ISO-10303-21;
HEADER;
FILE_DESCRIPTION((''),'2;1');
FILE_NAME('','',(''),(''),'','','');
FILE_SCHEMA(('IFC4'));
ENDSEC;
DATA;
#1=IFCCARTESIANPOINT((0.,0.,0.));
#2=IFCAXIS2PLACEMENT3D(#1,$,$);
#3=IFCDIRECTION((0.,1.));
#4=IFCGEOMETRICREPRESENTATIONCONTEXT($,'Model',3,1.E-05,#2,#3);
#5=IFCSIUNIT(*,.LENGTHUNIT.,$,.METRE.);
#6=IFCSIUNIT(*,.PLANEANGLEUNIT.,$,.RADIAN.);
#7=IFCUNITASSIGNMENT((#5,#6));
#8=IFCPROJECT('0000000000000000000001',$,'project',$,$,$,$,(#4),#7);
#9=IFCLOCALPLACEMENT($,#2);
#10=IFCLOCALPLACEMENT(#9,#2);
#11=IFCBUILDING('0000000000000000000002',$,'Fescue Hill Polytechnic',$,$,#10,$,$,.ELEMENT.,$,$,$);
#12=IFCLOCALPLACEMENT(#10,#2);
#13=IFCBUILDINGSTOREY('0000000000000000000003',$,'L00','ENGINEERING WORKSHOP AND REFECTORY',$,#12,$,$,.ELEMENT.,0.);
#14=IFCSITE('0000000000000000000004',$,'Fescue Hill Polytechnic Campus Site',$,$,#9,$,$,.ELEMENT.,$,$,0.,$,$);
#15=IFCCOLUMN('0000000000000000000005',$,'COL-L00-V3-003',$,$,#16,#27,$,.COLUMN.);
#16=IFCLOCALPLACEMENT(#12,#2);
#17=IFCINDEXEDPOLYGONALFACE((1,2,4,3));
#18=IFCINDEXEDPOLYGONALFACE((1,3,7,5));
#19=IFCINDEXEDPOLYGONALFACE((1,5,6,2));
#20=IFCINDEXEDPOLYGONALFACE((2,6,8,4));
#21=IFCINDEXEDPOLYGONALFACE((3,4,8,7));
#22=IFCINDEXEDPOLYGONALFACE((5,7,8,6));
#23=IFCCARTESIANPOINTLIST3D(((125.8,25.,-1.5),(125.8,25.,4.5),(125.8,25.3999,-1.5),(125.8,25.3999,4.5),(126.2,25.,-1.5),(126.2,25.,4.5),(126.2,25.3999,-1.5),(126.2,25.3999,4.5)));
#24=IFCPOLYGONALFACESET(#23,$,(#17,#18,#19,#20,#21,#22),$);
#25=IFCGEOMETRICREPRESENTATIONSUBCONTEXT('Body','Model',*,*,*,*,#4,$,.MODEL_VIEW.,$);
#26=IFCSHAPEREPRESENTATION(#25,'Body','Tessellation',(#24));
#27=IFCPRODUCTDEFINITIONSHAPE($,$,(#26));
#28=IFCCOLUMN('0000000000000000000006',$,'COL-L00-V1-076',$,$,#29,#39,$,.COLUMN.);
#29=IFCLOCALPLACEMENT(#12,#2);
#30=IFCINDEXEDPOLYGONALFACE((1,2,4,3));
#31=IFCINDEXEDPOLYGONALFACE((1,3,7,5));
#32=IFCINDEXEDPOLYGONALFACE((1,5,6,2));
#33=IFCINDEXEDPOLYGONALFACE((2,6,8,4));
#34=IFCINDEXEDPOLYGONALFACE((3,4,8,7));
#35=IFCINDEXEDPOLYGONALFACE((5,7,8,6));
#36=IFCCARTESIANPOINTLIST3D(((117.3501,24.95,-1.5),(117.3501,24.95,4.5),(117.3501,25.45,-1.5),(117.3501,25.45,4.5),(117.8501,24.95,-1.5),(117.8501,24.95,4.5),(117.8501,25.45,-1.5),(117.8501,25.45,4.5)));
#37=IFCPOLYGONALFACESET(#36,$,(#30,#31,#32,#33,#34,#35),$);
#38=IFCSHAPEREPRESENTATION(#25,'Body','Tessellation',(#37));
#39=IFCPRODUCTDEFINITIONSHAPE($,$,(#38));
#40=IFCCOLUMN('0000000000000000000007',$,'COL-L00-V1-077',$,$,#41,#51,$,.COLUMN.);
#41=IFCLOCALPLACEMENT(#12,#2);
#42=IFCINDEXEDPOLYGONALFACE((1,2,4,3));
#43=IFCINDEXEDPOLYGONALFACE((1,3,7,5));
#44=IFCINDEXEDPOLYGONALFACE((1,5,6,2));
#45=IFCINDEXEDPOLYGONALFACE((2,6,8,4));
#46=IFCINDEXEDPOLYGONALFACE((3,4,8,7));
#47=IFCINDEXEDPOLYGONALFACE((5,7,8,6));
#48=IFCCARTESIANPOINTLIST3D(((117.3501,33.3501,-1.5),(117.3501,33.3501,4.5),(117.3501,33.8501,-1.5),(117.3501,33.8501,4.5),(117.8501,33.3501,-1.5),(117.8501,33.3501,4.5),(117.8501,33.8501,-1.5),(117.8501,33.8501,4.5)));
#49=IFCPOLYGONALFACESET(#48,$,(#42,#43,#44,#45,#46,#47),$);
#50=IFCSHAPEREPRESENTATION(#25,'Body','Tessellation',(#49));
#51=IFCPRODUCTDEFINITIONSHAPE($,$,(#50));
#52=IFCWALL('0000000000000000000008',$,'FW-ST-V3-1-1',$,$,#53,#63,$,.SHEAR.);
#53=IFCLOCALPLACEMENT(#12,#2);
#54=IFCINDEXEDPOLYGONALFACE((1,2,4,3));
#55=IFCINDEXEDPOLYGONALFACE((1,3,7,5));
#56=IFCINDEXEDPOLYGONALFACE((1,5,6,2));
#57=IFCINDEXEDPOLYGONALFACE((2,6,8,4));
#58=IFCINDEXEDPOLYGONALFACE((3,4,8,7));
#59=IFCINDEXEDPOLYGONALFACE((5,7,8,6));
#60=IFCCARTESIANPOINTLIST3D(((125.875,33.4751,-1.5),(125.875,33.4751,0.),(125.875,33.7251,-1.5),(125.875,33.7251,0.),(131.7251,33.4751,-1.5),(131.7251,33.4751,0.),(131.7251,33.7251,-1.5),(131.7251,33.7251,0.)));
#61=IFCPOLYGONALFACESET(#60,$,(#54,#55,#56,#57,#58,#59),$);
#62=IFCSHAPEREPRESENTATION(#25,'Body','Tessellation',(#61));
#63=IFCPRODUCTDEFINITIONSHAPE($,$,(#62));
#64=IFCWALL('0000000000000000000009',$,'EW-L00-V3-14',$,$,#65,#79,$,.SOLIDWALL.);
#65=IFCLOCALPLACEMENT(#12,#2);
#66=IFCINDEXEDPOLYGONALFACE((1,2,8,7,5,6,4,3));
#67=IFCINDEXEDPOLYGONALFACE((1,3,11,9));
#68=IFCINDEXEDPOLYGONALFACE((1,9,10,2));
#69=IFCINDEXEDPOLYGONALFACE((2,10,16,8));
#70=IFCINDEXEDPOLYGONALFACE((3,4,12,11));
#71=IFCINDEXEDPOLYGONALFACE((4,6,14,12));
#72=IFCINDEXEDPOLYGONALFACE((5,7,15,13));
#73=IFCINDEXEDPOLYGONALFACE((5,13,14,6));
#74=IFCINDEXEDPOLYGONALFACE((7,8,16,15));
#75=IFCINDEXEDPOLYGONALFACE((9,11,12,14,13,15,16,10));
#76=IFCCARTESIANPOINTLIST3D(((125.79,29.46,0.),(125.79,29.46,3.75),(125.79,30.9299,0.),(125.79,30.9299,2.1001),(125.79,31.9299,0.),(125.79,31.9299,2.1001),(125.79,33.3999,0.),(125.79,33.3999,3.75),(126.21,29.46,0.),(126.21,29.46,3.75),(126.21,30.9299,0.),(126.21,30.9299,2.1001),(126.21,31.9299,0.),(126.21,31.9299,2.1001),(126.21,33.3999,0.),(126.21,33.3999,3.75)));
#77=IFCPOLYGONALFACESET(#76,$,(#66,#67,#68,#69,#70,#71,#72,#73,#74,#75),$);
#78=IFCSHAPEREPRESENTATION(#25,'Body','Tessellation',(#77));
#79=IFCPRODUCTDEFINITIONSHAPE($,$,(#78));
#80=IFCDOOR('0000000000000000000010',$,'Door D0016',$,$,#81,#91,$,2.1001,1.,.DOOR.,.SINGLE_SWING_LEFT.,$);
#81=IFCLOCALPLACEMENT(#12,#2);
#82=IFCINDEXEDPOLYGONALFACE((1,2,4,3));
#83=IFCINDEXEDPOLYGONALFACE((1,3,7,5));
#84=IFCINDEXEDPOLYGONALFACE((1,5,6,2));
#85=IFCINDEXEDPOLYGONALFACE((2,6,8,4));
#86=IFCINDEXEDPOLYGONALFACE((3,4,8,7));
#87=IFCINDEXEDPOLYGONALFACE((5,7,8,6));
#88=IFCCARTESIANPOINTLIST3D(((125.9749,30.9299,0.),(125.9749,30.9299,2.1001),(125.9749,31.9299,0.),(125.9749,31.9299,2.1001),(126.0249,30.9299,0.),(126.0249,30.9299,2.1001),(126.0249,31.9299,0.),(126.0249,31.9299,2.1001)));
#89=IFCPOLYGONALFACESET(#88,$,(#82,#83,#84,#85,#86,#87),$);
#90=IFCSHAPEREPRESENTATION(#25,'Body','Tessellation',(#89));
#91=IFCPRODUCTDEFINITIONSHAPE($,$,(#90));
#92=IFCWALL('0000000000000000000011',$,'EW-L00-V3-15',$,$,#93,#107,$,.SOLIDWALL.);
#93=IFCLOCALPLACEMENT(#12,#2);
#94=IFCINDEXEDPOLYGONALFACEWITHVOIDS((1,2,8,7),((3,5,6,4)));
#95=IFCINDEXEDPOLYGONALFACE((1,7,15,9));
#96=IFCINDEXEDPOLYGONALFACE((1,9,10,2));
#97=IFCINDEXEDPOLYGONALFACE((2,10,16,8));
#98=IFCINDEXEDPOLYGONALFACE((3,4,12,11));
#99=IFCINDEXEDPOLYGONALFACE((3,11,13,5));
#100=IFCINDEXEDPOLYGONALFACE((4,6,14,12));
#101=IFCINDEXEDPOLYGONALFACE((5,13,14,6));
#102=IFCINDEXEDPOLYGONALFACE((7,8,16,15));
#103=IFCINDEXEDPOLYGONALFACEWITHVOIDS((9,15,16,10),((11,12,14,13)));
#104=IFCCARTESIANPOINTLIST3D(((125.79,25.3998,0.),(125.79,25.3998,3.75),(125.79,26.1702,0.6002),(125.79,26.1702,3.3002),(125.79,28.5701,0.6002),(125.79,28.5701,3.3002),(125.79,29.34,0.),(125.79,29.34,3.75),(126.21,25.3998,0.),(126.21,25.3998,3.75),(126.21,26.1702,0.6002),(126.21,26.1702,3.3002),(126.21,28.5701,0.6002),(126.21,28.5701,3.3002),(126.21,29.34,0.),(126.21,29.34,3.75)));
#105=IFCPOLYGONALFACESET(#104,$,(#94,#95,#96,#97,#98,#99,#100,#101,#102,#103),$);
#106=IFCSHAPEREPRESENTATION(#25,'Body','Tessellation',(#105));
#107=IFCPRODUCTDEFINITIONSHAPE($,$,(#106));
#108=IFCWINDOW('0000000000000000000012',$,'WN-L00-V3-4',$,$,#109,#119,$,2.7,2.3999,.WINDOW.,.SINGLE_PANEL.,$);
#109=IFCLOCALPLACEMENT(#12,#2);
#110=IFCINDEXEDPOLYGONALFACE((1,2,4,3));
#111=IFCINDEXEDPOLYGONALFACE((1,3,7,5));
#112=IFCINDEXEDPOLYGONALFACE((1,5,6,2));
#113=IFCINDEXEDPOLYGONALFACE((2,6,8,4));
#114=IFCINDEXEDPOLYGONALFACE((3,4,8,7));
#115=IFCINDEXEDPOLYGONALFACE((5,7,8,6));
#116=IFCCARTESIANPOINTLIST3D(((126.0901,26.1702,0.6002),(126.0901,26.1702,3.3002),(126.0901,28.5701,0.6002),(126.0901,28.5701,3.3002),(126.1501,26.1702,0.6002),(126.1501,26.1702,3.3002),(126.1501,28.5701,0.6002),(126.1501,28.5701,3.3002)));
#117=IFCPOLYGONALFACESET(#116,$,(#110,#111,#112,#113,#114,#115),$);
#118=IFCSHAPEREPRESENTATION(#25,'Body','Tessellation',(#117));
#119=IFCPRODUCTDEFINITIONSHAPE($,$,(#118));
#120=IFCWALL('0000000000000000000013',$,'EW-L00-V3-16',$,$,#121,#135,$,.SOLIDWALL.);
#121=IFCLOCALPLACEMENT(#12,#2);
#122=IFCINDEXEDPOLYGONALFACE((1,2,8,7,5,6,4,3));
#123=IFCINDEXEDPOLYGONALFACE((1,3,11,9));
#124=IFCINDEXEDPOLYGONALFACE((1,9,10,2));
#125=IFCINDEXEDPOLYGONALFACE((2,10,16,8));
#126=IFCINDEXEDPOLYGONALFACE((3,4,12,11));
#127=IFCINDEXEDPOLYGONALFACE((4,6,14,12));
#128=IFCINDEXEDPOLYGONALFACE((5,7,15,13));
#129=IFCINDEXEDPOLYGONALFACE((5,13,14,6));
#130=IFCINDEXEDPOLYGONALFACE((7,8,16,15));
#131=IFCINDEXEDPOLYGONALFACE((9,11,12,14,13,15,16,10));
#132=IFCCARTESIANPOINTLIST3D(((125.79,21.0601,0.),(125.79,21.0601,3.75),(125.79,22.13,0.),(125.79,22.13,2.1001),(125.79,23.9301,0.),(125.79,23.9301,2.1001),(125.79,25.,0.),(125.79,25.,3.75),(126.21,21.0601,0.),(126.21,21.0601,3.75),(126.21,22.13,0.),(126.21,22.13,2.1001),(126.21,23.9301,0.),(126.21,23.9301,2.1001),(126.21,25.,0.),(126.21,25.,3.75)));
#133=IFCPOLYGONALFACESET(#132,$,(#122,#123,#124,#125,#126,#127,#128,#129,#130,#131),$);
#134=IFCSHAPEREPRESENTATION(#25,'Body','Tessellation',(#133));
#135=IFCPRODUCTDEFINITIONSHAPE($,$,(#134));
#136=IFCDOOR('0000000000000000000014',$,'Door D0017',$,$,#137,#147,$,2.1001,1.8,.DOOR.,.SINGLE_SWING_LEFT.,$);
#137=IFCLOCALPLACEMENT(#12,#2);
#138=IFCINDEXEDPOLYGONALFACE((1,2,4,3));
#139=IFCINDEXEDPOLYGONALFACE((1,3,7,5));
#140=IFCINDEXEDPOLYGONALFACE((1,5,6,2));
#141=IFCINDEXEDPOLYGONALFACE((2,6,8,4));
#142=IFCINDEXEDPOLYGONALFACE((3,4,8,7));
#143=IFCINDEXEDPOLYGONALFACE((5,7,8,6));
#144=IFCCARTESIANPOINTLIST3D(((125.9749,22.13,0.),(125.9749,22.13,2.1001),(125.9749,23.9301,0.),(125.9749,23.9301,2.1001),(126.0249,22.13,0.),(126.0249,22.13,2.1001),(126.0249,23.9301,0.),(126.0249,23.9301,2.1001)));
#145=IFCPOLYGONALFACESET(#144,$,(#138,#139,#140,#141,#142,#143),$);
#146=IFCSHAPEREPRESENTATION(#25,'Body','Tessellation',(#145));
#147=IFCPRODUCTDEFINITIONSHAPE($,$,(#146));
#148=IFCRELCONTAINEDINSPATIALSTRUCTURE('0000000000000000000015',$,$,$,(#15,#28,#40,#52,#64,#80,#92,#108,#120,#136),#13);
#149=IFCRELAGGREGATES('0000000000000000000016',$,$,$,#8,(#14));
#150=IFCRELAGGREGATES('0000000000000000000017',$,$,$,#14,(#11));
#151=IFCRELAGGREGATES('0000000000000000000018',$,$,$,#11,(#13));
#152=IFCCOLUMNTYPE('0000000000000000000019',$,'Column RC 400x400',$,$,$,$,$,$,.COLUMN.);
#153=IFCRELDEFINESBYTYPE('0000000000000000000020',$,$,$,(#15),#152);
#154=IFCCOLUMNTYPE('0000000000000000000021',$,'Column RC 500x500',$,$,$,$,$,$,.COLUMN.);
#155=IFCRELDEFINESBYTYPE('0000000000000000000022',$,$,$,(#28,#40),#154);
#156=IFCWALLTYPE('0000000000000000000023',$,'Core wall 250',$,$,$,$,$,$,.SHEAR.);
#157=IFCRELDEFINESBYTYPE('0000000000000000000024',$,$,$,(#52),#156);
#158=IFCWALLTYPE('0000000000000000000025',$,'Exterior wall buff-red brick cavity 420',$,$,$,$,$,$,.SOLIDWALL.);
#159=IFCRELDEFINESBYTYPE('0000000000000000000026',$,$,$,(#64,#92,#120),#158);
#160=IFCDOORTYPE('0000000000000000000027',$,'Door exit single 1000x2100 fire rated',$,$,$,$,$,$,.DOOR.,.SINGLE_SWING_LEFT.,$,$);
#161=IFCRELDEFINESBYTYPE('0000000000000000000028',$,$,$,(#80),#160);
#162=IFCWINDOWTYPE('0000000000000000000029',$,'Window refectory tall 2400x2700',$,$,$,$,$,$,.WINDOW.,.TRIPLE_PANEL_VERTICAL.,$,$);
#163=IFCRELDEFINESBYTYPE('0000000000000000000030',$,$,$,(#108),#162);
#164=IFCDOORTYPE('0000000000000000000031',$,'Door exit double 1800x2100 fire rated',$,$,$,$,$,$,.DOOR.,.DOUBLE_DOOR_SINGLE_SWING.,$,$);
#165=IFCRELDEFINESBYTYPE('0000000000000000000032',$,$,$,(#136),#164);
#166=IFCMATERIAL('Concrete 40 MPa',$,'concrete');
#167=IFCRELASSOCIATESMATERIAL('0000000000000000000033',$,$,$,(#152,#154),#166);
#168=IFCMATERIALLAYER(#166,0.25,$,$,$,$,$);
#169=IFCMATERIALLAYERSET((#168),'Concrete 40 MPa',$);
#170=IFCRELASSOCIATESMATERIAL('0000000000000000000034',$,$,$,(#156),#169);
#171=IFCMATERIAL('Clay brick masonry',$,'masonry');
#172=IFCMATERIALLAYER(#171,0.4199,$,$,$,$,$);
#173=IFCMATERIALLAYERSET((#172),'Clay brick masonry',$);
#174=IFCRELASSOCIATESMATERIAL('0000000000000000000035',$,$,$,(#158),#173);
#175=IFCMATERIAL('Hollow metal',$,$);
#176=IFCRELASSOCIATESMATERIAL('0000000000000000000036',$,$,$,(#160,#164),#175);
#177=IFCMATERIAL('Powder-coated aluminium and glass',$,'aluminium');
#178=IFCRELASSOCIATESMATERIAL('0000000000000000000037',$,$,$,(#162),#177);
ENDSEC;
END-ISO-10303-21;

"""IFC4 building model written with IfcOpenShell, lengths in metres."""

from ifc_helpers import new_model, si_unit, direction, frame, frame_2d, origin, origin_2d, place, context, subcontext, project, spatial, rectangle, extrude, material, layer, layer_set, material_profile, profile_set, type_object, element, fill, save


model = new_model("IFC4")

# Units and contexts
model_context = context("Model", 3, precision=1e-05, world=origin(), true_north=direction((0.0, 1.0)))
body_context = subcontext(model_context, "Body", "Model", "MODEL_VIEW")
ifc_project = project(units=[si_unit("LENGTHUNIT", "METRE"), si_unit("PLANEANGLEUNIT", "RADIAN")], contexts=[model_context])

# Site, building, storey
site_placement = place(None, origin())
site = spatial("IfcSite", under=ifc_project, at=site_placement, Name="Fescue Hill Polytechnic Campus Site", CompositionType="ELEMENT", RefElevation=0.0)
building_placement = place(site_placement, origin())
building = spatial("IfcBuilding", under=site, at=building_placement, Name="Fescue Hill Polytechnic", CompositionType="ELEMENT")
storey_placement = place(building_placement, origin())
storey = spatial("IfcBuildingStorey", under=building, at=storey_placement, Name="L00", Description="ENGINEERING WORKSHOP AND REFECTORY", CompositionType="ELEMENT", Elevation=0.0)

# Columns
ifc_material_1 = material(Name="Concrete 40 MPa", Category="concrete")
ifc_material_profile_1 = material_profile(ifc_material_1, rectangle(XDim=0.3999, YDim=0.3999, at=origin_2d()), Name="RC 400x400")
ifc_profile_set_1 = profile_set([ifc_material_profile_1], Name="Concrete 40 MPa")
column_type_1 = type_object("IfcColumnType", Name="Column RC 400x400", PredefinedType="COLUMN", material=ifc_profile_set_1)
column_placement = place(storey_placement, frame((126.0, 25.2, -1.5), z_axis=(0.0, 0.0, 1.0), x_axis=(1.0, 0.0, 0.0)))
element("IfcColumn", 1, at=column_placement, inside=storey, type_object=column_type_1, Name="COL-L00-V3-003", PredefinedType="COLUMN", context=body_context, shape_type="SweptSolid", body=[
    extrude(rectangle(XDim=0.3999, YDim=0.3999, at=origin_2d()), origin(), (0.0, 0.0, 1.0), 6.0),
])
ifc_material_profile_2 = material_profile(ifc_material_1, rectangle(XDim=0.5, YDim=0.5, at=origin_2d()), Name="RC 500x500")
ifc_profile_set_2 = profile_set([ifc_material_profile_2], Name="Concrete 40 MPa")
column_type_2 = type_object("IfcColumnType", Name="Column RC 500x500", PredefinedType="COLUMN", material=ifc_profile_set_2)
for number, where, z_axis, x_axis, name in (
    (2, (117.6001, 25.2, -1.5), (0.0, 0.0, 1.0), (1.0, 0.0, 0.0), "COL-L00-V1-076"),
    (3, (117.6001, 33.6001, -1.5), (0.0, 0.0, 1.0), (1.0, 0.0, 0.0), "COL-L00-V1-077"),
):
    element("IfcColumn", number, at=place(storey_placement, frame(where, z_axis=z_axis, x_axis=x_axis)), inside=storey, type_object=column_type_2, Name=name, PredefinedType="COLUMN", context=body_context, shape_type="SweptSolid", body=[
        extrude(rectangle(XDim=0.5, YDim=0.5, at=origin_2d()), origin(), (0.0, 0.0, 1.0), 6.0),
    ])

# Wall
ifc_layer_1 = layer(ifc_material_1, 0.25)
ifc_layer_set_1 = layer_set([ifc_layer_1], Name="Concrete 40 MPa")
wall_type_1 = type_object("IfcWallType", Name="Core wall 250", PredefinedType="SHEAR", material=ifc_layer_set_1)
wall_1_placement = place(storey_placement, frame((125.875, 33.6001, -1.5), z_axis=(0.0, 0.0, 1.0), x_axis=(1.0, 0.0, 0.0)))
element("IfcWall", 4, at=wall_1_placement, inside=storey, type_object=wall_type_1, Name="FW-ST-V3-1-1", PredefinedType="SHEAR", context=body_context, shape_type="SweptSolid", body=[
    extrude(rectangle(XDim=5.8501, YDim=0.25, at=frame_2d((2.925, 0.0))), origin(), (0.0, 0.0, 1.0), 1.5),
])

# Wall, opening, door
ifc_material_2 = material(Name="Clay brick masonry", Category="masonry")
ifc_layer_2 = layer(ifc_material_2, 0.4199)
ifc_layer_set_2 = layer_set([ifc_layer_2], Name="Clay brick masonry")
wall_type_2 = type_object("IfcWallType", Name="Exterior wall buff-red brick cavity 420", PredefinedType="SOLIDWALL", material=ifc_layer_set_2)
wall_2_placement = place(storey_placement, frame((126.0, 33.3999, 0.0), z_axis=(0.0, 0.0, 1.0), x_axis=(0.0, -1.0, 0.0)))
wall_2 = element("IfcWall", 5, at=wall_2_placement, inside=storey, type_object=wall_type_2, Name="EW-L00-V3-14", PredefinedType="SOLIDWALL", context=body_context, shape_type="SweptSolid", body=[
    extrude(rectangle(XDim=3.9399, YDim=0.4199, at=frame_2d((1.97, 0.0))), origin(), (0.0, 0.0, 1.0), 3.75),
])
opening_1_placement = place(wall_2_placement, frame((1.47, 0.0, 0.0)))
opening_1 = element("IfcOpeningElement", 6, at=opening_1_placement, cuts=wall_2, PredefinedType="OPENING", context=body_context, shape_type="SweptSolid", body=[
    extrude(rectangle(XDim=1.0, YDim=2.1001, at=frame_2d((0.5, 1.05))), frame((0.0, 0.22, 0.0), z_axis=(0.0, -1.0, 0.0), x_axis=(1.0, 0.0, 0.0)), (0.0, 0.0, 1.0), 0.4399),
])
ifc_material_3 = material(Name="Hollow metal")
door_type_1 = type_object("IfcDoorType", Name="Door exit single 1000x2100 fire rated", OperationType="SINGLE_SWING_LEFT", PredefinedType="DOOR", material=ifc_material_3)
door_1_placement = place(opening_1_placement, origin())
door_1 = element("IfcDoor", 7, at=door_1_placement, inside=storey, type_object=door_type_1, Name="Door D0016", OperationType="SINGLE_SWING_LEFT", OverallHeight=2.1001, OverallWidth=1.0, PredefinedType="DOOR", context=body_context, shape_type="SweptSolid", body=[
    extrude(rectangle(XDim=1.0, YDim=2.1001, at=frame_2d((0.5, 1.05))), frame((0.0, 0.0249, 0.0), z_axis=(0.0, -1.0, 0.0), x_axis=(1.0, 0.0, 0.0)), (0.0, 0.0, 1.0), 0.05),
])
fill(opening_1, door_1)

# Wall, opening, window
wall_3_placement = place(storey_placement, frame((126.0, 29.3401, 0.0), z_axis=(0.0, 0.0, 1.0), x_axis=(0.0, -1.0, 0.0)))
wall_3 = element("IfcWall", 8, at=wall_3_placement, inside=storey, type_object=wall_type_2, Name="EW-L00-V3-15", PredefinedType="SOLIDWALL", context=body_context, shape_type="SweptSolid", body=[
    extrude(rectangle(XDim=3.9402, YDim=0.4199, at=frame_2d((1.9702, 0.0))), origin(), (0.0, 0.0, 1.0), 3.75),
])
opening_2_placement = place(wall_3_placement, frame((0.77, 0.0, 0.6001)))
opening_2 = element("IfcOpeningElement", 9, at=opening_2_placement, cuts=wall_3, PredefinedType="OPENING", context=body_context, shape_type="SweptSolid", body=[
    extrude(rectangle(XDim=2.3999, YDim=2.7, at=frame_2d((1.2, 1.3501))), frame((0.0, 0.22, 0.0), z_axis=(0.0, -1.0, 0.0), x_axis=(1.0, 0.0, 0.0)), (0.0, 0.0, 1.0), 0.4399),
])
ifc_material_4 = material(Name="Powder-coated aluminium and glass", Category="aluminium")
window_type_1 = type_object("IfcWindowType", Name="Window refectory tall 2400x2700", PartitioningType="TRIPLE_PANEL_VERTICAL", PredefinedType="WINDOW", material=ifc_material_4)
window_1_placement = place(opening_2_placement, origin())
window_1 = element("IfcWindow", 10, at=window_1_placement, inside=storey, type_object=window_type_1, Name="WN-L00-V3-4", OverallHeight=2.7, OverallWidth=2.3999, PartitioningType="SINGLE_PANEL", PredefinedType="WINDOW", context=body_context, shape_type="SweptSolid", body=[
    extrude(rectangle(XDim=2.3999, YDim=2.7, at=frame_2d((1.2, 1.3501))), frame((0.0, 0.1501, 0.0), z_axis=(0.0, -1.0, 0.0), x_axis=(1.0, 0.0, 0.0)), (0.0, 0.0, 1.0), 0.0601),
])
fill(opening_2, window_1)

# Wall, opening, door
wall_4_placement = place(storey_placement, frame((126.0, 25.0, 0.0), z_axis=(0.0, 0.0, 1.0), x_axis=(0.0, -1.0, 0.0)))
wall_4 = element("IfcWall", 11, at=wall_4_placement, inside=storey, type_object=wall_type_2, Name="EW-L00-V3-16", PredefinedType="SOLIDWALL", context=body_context, shape_type="SweptSolid", body=[
    extrude(rectangle(XDim=3.9399, YDim=0.4199, at=frame_2d((1.97, 0.0))), origin(), (0.0, 0.0, 1.0), 3.75),
])
opening_3_placement = place(wall_4_placement, frame((1.0701, 0.0, 0.0)))
opening_3 = element("IfcOpeningElement", 12, at=opening_3_placement, cuts=wall_4, PredefinedType="OPENING", context=body_context, shape_type="SweptSolid", body=[
    extrude(rectangle(XDim=1.8, YDim=2.1001, at=frame_2d((0.8999, 1.05))), frame((0.0, 0.22, 0.0), z_axis=(0.0, -1.0, 0.0), x_axis=(1.0, 0.0, 0.0)), (0.0, 0.0, 1.0), 0.4399),
])
door_type_2 = type_object("IfcDoorType", Name="Door exit double 1800x2100 fire rated", OperationType="DOUBLE_DOOR_SINGLE_SWING", PredefinedType="DOOR", material=ifc_material_3)
door_2_placement = place(opening_3_placement, origin())
door_2 = element("IfcDoor", 13, at=door_2_placement, inside=storey, type_object=door_type_2, Name="Door D0017", OperationType="SINGLE_SWING_LEFT", OverallHeight=2.1001, OverallWidth=1.8, PredefinedType="DOOR", context=body_context, shape_type="SweptSolid", body=[
    extrude(rectangle(XDim=1.8, YDim=2.1001, at=frame_2d((0.8999, 1.05))), frame((0.0, 0.0249, 0.0), z_axis=(0.0, -1.0, 0.0), x_axis=(1.0, 0.0, 0.0)), (0.0, 0.0, 1.0), 0.05),
])
fill(opening_3, door_2)

save(model, "model.ifc")
